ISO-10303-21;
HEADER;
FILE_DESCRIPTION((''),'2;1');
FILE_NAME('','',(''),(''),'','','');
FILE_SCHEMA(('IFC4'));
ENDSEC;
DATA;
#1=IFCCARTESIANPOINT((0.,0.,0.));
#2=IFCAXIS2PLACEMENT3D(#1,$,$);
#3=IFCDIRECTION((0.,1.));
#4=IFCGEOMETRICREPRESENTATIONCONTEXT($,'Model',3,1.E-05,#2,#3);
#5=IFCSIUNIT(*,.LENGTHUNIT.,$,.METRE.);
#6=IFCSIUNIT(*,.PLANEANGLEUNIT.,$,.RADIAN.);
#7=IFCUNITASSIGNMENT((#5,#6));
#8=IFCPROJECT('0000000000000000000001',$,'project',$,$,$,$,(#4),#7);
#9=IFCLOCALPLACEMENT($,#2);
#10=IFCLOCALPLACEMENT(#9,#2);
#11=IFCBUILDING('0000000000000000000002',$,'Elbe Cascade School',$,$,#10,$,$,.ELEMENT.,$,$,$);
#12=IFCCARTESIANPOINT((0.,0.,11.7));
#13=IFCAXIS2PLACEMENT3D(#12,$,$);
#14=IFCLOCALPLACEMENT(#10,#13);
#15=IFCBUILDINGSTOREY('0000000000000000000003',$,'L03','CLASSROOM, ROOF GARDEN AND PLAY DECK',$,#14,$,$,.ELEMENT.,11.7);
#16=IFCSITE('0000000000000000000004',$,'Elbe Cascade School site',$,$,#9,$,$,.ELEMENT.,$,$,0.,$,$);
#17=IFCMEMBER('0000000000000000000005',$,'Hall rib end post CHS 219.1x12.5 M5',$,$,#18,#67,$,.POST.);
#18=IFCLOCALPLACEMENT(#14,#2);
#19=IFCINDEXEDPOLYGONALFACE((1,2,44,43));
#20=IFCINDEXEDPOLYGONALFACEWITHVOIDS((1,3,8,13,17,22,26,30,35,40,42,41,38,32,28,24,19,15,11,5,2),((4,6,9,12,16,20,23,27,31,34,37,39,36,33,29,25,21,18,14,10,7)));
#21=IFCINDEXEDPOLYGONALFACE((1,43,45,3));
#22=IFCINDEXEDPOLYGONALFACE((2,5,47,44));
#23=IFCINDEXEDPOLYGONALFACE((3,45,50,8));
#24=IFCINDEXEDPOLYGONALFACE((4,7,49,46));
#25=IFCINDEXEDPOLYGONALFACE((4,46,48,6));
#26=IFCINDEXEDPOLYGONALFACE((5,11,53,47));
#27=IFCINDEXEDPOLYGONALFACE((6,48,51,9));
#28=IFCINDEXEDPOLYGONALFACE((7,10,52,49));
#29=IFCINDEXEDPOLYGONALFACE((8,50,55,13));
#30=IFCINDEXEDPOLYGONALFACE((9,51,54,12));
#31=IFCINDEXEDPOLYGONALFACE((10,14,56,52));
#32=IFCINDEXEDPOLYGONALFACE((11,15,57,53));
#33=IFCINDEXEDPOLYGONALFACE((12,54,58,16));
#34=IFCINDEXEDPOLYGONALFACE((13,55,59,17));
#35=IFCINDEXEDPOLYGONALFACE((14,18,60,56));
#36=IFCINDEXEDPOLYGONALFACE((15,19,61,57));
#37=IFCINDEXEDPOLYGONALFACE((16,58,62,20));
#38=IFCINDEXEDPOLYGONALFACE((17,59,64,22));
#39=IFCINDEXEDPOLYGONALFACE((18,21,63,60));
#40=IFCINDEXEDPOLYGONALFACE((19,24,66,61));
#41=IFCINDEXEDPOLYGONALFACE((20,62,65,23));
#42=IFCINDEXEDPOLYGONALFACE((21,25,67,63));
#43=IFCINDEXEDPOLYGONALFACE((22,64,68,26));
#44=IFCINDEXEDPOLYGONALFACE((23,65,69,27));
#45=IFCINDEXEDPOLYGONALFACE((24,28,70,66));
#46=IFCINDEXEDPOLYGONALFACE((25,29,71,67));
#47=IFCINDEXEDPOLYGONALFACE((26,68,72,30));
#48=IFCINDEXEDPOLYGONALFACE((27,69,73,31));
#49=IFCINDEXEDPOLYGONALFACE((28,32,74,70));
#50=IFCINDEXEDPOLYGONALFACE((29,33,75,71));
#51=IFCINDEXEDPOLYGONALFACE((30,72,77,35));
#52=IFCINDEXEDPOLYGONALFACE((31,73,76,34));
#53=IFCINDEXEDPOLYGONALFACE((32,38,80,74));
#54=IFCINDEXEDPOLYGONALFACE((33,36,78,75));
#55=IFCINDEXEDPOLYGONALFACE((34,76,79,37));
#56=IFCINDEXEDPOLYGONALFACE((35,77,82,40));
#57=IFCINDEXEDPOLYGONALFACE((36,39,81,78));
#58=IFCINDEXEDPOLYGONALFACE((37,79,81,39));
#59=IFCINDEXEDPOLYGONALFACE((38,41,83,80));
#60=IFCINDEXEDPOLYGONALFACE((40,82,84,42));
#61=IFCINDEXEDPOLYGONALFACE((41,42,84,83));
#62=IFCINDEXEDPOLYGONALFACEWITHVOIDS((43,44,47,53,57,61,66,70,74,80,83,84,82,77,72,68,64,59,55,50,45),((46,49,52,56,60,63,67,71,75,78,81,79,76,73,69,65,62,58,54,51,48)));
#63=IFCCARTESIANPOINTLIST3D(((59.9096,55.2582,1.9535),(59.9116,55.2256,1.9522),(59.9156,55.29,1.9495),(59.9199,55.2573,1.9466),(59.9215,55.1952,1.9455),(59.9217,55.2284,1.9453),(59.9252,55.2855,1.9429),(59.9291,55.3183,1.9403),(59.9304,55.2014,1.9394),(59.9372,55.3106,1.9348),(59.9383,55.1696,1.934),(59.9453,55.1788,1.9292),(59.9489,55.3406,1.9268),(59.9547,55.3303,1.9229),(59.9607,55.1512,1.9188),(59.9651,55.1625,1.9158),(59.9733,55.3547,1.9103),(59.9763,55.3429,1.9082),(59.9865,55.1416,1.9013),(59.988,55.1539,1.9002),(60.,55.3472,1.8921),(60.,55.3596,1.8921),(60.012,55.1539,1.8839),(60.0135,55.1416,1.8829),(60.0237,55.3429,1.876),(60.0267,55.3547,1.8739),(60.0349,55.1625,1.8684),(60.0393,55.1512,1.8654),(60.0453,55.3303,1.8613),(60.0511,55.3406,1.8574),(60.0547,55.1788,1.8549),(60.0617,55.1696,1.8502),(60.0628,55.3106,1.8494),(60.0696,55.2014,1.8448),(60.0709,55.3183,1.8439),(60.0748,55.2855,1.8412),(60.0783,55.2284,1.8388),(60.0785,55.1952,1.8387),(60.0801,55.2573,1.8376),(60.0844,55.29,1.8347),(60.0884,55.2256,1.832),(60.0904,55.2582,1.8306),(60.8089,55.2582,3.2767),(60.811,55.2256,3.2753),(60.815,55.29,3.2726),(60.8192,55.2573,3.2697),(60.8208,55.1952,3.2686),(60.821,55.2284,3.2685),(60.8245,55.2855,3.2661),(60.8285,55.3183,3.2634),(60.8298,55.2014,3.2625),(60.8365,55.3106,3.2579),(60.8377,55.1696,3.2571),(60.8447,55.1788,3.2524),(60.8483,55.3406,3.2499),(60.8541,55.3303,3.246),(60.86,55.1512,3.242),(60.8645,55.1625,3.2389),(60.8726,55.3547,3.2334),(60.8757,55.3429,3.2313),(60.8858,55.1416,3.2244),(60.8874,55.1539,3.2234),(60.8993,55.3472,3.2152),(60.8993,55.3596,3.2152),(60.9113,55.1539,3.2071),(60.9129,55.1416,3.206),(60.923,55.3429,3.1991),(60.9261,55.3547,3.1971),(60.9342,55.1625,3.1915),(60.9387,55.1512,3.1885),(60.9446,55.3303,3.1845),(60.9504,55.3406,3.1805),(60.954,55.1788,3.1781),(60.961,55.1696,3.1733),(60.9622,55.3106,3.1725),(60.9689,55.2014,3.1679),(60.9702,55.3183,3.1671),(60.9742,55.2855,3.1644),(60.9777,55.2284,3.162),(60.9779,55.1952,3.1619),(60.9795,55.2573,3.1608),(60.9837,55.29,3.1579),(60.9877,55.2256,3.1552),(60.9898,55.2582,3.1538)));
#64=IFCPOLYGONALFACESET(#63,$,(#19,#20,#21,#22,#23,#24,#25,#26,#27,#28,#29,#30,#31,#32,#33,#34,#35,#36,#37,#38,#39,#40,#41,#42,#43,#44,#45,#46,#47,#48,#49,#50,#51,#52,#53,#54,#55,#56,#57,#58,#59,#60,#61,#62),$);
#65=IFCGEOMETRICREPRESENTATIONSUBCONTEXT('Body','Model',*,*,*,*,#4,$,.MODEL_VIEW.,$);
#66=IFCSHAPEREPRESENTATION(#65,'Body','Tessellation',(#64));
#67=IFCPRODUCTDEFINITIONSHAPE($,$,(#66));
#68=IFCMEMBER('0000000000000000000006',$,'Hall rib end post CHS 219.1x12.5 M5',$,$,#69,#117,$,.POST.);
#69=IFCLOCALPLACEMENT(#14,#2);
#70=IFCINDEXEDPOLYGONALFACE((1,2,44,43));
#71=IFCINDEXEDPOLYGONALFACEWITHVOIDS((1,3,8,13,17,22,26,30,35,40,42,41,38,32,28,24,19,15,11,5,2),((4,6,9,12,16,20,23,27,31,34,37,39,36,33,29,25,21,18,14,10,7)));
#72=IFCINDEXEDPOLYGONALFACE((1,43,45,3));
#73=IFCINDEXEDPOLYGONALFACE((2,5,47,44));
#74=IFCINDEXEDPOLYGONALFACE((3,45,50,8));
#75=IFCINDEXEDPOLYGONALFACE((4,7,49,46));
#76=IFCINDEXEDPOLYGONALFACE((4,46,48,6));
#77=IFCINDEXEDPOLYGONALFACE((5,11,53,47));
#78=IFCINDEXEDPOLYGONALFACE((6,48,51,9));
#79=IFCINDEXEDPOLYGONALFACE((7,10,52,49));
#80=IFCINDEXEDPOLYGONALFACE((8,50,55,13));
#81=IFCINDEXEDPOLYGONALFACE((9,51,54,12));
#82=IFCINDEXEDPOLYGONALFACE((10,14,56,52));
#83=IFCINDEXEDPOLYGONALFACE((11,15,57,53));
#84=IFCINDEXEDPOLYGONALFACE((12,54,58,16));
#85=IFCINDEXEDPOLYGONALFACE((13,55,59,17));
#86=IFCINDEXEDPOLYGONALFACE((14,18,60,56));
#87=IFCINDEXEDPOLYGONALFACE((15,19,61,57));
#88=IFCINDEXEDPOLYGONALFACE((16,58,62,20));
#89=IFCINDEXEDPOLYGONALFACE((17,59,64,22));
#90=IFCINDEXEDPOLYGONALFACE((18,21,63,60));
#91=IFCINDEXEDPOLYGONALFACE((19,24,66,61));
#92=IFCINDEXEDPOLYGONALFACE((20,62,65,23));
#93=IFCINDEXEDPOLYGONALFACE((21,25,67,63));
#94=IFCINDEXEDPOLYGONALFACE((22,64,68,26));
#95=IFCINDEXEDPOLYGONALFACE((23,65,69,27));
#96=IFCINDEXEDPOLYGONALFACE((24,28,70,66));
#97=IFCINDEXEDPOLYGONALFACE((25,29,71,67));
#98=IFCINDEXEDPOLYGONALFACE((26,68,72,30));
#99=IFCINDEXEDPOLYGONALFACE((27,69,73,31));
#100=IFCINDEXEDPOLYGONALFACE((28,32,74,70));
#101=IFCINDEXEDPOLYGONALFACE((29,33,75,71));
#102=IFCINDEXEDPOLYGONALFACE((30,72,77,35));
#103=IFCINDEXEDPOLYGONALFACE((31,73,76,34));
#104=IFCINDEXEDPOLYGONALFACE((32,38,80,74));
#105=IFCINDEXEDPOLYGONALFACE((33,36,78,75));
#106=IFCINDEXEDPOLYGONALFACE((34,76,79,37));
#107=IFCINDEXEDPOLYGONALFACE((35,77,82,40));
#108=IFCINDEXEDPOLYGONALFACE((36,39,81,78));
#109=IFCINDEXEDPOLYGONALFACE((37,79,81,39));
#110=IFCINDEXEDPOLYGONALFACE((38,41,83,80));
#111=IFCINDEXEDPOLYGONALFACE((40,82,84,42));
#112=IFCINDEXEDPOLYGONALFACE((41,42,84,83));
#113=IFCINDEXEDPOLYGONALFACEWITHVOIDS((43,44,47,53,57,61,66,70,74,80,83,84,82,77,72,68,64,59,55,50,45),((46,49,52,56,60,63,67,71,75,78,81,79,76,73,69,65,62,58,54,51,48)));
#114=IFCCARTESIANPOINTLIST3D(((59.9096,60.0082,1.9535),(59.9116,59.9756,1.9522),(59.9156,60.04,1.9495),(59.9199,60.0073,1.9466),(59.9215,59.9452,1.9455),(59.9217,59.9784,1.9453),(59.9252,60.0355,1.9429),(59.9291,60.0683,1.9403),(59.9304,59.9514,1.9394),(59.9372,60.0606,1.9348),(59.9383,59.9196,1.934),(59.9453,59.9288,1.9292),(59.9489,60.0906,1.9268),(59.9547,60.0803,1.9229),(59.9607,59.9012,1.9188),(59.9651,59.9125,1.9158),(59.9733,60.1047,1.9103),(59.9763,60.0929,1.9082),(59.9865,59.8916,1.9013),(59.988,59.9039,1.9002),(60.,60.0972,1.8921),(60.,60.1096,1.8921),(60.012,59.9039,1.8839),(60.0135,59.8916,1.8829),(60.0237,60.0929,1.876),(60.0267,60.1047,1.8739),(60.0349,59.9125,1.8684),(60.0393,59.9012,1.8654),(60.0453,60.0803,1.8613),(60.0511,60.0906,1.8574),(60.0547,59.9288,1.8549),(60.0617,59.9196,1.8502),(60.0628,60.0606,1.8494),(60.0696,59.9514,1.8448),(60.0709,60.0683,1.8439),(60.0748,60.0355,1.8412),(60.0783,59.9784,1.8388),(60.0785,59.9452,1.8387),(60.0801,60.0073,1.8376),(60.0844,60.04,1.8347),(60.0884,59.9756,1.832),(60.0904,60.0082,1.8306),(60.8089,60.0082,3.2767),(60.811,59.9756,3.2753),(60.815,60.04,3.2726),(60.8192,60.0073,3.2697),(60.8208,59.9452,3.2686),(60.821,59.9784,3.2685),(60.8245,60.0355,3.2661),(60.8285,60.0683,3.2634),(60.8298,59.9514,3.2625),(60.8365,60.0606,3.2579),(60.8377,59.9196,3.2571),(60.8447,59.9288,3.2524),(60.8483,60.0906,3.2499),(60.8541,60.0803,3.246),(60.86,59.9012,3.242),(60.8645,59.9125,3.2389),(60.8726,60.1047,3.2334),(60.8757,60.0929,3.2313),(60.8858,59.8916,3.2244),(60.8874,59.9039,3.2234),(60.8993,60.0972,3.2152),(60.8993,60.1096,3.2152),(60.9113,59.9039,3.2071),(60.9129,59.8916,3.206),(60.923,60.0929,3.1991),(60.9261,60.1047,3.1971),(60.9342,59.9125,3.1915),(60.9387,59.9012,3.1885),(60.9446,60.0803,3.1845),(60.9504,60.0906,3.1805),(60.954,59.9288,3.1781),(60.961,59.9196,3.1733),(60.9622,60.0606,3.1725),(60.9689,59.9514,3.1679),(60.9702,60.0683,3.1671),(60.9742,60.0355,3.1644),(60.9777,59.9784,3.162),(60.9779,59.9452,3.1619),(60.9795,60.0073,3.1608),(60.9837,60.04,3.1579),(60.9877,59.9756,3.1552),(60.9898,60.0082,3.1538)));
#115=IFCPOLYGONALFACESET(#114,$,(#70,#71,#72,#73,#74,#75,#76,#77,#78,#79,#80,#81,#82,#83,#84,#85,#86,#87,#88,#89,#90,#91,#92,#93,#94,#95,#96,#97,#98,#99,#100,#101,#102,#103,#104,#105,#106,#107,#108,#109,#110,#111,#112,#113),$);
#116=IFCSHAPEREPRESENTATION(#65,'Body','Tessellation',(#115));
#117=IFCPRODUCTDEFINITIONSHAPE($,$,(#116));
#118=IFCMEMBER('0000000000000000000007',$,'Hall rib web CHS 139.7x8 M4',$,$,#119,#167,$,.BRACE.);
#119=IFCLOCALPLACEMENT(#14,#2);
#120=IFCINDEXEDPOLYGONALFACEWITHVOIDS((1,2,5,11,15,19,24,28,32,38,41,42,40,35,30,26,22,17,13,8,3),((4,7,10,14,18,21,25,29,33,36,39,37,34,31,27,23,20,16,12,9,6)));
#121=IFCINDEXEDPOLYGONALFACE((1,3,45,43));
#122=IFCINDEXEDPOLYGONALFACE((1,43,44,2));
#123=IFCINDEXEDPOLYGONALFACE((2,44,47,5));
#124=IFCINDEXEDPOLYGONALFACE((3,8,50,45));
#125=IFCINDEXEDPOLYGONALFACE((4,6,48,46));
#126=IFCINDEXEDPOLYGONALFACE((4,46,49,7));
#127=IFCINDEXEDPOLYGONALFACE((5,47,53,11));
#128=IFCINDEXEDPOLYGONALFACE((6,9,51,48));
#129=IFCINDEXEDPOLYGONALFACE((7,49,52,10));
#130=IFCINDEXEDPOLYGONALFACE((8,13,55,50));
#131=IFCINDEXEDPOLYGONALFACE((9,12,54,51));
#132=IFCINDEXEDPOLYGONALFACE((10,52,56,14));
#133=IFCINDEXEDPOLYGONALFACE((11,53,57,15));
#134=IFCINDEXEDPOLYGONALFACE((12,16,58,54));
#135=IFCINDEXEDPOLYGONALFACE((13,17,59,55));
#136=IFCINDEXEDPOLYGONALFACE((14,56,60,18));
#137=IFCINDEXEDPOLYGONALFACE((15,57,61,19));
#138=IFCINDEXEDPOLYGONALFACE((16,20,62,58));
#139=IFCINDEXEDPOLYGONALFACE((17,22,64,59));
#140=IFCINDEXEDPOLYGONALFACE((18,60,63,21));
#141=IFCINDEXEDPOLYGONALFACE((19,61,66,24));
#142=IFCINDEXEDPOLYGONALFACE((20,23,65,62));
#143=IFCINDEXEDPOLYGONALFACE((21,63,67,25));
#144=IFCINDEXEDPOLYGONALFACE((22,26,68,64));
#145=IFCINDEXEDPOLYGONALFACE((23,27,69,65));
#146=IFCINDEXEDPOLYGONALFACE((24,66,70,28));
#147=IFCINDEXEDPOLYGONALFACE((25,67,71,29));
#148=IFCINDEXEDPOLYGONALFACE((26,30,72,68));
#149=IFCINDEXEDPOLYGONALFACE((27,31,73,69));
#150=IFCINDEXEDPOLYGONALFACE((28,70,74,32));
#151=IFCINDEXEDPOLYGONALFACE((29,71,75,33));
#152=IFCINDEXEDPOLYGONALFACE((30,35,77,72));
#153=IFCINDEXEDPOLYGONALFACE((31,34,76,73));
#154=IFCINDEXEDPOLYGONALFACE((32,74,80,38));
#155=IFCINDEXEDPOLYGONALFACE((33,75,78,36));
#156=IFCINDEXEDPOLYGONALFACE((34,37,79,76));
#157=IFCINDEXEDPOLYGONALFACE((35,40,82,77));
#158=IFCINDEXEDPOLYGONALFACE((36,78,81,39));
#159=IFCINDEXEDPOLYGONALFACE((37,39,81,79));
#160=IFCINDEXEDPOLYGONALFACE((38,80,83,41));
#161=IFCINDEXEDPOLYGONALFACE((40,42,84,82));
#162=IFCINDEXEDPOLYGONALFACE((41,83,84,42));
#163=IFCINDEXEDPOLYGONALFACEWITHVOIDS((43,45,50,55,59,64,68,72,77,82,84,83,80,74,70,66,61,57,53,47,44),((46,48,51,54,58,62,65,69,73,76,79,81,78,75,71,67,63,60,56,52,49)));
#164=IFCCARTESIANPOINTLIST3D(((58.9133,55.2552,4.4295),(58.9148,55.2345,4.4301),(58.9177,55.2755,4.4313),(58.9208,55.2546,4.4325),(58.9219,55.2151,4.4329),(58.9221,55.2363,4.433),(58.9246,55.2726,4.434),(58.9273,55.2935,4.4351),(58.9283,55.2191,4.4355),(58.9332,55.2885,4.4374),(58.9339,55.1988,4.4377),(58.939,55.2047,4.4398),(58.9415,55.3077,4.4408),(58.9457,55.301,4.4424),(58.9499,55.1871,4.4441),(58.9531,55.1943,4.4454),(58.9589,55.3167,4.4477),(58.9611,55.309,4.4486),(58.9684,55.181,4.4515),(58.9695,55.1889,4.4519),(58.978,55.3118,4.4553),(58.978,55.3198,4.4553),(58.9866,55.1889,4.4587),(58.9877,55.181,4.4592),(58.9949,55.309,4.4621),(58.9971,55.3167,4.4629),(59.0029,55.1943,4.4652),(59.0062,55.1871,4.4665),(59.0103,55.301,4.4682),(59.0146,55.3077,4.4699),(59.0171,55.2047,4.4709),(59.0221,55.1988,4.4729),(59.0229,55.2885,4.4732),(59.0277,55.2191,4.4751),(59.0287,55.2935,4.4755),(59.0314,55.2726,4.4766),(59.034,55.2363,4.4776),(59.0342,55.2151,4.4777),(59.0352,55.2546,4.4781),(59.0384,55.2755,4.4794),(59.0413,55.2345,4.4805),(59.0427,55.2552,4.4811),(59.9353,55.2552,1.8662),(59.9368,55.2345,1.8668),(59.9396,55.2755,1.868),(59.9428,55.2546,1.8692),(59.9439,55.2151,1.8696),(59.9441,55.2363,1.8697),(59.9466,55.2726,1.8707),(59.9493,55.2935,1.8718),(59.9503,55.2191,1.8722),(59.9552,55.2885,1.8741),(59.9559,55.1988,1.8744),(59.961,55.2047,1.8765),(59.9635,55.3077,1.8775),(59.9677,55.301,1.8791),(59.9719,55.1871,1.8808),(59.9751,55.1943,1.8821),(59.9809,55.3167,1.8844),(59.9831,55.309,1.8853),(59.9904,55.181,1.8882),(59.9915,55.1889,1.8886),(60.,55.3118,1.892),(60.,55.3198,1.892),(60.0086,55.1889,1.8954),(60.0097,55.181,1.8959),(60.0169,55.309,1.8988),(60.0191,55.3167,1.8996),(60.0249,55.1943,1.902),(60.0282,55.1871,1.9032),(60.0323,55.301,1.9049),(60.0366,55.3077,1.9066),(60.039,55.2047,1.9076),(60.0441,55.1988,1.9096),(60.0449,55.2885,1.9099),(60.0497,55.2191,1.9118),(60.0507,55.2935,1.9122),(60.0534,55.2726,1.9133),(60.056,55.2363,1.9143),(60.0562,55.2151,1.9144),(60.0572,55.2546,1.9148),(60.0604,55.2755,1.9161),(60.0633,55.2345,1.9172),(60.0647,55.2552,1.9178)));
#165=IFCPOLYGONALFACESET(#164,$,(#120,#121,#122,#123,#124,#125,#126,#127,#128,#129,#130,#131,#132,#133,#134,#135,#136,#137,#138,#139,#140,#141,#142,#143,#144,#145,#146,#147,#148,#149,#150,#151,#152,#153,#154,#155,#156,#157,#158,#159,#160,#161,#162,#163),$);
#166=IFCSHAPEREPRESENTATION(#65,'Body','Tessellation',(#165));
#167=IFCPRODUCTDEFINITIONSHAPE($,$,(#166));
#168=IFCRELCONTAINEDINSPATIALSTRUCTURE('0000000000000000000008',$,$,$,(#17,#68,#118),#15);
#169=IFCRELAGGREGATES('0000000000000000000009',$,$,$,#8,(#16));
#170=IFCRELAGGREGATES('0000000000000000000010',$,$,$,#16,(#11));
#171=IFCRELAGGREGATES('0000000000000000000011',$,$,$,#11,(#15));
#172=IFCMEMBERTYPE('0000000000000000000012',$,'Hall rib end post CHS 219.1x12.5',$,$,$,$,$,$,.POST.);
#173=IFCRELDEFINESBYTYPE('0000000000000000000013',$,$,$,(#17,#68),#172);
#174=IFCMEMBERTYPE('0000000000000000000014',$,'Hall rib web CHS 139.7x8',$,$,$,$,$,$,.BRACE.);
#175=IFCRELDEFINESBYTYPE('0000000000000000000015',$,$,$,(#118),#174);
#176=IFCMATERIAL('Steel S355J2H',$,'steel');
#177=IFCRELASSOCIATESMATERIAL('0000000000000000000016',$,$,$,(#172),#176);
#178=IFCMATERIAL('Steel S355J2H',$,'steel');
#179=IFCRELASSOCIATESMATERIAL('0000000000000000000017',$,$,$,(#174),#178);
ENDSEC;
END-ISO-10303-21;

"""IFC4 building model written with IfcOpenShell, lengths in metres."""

from ifc_helpers import new_model, si_unit, direction, frame, origin, origin_2d, place, context, subcontext, project, spatial, hollow_circle, extrude, material, material_profile, profile_set, type_object, element, save


model = new_model("IFC4")

# Units and contexts
model_context = context("Model", 3, precision=1e-05, world=origin(), true_north=direction((0.0, 1.0)))
body_context = subcontext(model_context, "Body", "Model", "MODEL_VIEW")
ifc_project = project(units=[si_unit("LENGTHUNIT", "METRE"), si_unit("PLANEANGLEUNIT", "RADIAN")], contexts=[model_context])

# Site, building, storey
site_placement = place(None, origin())
site = spatial("IfcSite", under=ifc_project, at=site_placement, Name="Elbe Cascade School site", CompositionType="ELEMENT", RefElevation=0.0)
building_placement = place(site_placement, origin())
building = spatial("IfcBuilding", under=site, at=building_placement, Name="Elbe Cascade School", CompositionType="ELEMENT")
storey_placement = place(building_placement, frame((0.0, 0.0, 11.7)))
storey = spatial("IfcBuildingStorey", under=building, at=storey_placement, Name="L03", Description="CLASSROOM, ROOF GARDEN AND PLAY DECK", CompositionType="ELEMENT", Elevation=11.7)

# Members
ifc_material_1 = material(Name="Steel S355J2H", Category="steel")
ifc_material_profile_1 = material_profile(ifc_material_1, hollow_circle(Radius=0.1096, WallThickness=0.0125, at=origin_2d()), Name="CHS 219.1x12.5")
ifc_profile_set_1 = profile_set([ifc_material_profile_1], Name="Steel S355J2H")
member_type_1 = type_object("IfcMemberType", Name="Hall rib end post CHS 219.1x12.5", PredefinedType="POST", material=ifc_profile_set_1)
for number, where, z_axis, x_axis, name in (
    (1, (60.0, 55.25, 1.8921), (0.562143, 0.0, 0.82704), (0.0, 1.0, 0.0), "Hall rib end post CHS 219.1x12.5 M5"),
    (2, (60.0, 60.0, 1.8921), (0.562143, 0.0, 0.82704), (0.0, 1.0, 0.0), "Hall rib end post CHS 219.1x12.5 M5"),
):
    element("IfcMember", number, at=place(storey_placement, frame(where, z_axis=z_axis, x_axis=x_axis)), inside=storey, type_object=member_type_1, Name=name, PredefinedType="POST", context=body_context, shape_type="SweptSolid", body=[
        extrude(hollow_circle(Radius=0.1096, WallThickness=0.0125, at=origin_2d()), origin(), (0.0, 0.0, 1.0), 1.5999),
    ])
ifc_material_2 = material(Name="Steel S355J2H", Category="steel")
ifc_material_profile_2 = material_profile(ifc_material_2, hollow_circle(Radius=0.0698, WallThickness=0.0081, at=origin_2d()), Name="CHS 139.7x8")
ifc_profile_set_2 = profile_set([ifc_material_profile_2], Name="Steel S355J2H")
member_type_2 = type_object("IfcMemberType", Name="Hall rib web CHS 139.7x8", PredefinedType="BRACE", material=ifc_profile_set_2)
for number, where, z_axis, x_axis, name in (
    (3, (58.978, 55.25, 4.4553), (0.370353, 0.0, -0.928891), (0.0, 1.0, 0.0), "Hall rib web CHS 139.7x8 M4"),
):
    element("IfcMember", number, at=place(storey_placement, frame(where, z_axis=z_axis, x_axis=x_axis)), inside=storey, type_object=member_type_2, Name=name, PredefinedType="BRACE", context=body_context, shape_type="SweptSolid", body=[
        extrude(hollow_circle(Radius=0.0698, WallThickness=0.0081, at=origin_2d()), origin(), (0.0, 0.0, 1.0), 2.7595),
    ])

save(model, "model.ifc")
